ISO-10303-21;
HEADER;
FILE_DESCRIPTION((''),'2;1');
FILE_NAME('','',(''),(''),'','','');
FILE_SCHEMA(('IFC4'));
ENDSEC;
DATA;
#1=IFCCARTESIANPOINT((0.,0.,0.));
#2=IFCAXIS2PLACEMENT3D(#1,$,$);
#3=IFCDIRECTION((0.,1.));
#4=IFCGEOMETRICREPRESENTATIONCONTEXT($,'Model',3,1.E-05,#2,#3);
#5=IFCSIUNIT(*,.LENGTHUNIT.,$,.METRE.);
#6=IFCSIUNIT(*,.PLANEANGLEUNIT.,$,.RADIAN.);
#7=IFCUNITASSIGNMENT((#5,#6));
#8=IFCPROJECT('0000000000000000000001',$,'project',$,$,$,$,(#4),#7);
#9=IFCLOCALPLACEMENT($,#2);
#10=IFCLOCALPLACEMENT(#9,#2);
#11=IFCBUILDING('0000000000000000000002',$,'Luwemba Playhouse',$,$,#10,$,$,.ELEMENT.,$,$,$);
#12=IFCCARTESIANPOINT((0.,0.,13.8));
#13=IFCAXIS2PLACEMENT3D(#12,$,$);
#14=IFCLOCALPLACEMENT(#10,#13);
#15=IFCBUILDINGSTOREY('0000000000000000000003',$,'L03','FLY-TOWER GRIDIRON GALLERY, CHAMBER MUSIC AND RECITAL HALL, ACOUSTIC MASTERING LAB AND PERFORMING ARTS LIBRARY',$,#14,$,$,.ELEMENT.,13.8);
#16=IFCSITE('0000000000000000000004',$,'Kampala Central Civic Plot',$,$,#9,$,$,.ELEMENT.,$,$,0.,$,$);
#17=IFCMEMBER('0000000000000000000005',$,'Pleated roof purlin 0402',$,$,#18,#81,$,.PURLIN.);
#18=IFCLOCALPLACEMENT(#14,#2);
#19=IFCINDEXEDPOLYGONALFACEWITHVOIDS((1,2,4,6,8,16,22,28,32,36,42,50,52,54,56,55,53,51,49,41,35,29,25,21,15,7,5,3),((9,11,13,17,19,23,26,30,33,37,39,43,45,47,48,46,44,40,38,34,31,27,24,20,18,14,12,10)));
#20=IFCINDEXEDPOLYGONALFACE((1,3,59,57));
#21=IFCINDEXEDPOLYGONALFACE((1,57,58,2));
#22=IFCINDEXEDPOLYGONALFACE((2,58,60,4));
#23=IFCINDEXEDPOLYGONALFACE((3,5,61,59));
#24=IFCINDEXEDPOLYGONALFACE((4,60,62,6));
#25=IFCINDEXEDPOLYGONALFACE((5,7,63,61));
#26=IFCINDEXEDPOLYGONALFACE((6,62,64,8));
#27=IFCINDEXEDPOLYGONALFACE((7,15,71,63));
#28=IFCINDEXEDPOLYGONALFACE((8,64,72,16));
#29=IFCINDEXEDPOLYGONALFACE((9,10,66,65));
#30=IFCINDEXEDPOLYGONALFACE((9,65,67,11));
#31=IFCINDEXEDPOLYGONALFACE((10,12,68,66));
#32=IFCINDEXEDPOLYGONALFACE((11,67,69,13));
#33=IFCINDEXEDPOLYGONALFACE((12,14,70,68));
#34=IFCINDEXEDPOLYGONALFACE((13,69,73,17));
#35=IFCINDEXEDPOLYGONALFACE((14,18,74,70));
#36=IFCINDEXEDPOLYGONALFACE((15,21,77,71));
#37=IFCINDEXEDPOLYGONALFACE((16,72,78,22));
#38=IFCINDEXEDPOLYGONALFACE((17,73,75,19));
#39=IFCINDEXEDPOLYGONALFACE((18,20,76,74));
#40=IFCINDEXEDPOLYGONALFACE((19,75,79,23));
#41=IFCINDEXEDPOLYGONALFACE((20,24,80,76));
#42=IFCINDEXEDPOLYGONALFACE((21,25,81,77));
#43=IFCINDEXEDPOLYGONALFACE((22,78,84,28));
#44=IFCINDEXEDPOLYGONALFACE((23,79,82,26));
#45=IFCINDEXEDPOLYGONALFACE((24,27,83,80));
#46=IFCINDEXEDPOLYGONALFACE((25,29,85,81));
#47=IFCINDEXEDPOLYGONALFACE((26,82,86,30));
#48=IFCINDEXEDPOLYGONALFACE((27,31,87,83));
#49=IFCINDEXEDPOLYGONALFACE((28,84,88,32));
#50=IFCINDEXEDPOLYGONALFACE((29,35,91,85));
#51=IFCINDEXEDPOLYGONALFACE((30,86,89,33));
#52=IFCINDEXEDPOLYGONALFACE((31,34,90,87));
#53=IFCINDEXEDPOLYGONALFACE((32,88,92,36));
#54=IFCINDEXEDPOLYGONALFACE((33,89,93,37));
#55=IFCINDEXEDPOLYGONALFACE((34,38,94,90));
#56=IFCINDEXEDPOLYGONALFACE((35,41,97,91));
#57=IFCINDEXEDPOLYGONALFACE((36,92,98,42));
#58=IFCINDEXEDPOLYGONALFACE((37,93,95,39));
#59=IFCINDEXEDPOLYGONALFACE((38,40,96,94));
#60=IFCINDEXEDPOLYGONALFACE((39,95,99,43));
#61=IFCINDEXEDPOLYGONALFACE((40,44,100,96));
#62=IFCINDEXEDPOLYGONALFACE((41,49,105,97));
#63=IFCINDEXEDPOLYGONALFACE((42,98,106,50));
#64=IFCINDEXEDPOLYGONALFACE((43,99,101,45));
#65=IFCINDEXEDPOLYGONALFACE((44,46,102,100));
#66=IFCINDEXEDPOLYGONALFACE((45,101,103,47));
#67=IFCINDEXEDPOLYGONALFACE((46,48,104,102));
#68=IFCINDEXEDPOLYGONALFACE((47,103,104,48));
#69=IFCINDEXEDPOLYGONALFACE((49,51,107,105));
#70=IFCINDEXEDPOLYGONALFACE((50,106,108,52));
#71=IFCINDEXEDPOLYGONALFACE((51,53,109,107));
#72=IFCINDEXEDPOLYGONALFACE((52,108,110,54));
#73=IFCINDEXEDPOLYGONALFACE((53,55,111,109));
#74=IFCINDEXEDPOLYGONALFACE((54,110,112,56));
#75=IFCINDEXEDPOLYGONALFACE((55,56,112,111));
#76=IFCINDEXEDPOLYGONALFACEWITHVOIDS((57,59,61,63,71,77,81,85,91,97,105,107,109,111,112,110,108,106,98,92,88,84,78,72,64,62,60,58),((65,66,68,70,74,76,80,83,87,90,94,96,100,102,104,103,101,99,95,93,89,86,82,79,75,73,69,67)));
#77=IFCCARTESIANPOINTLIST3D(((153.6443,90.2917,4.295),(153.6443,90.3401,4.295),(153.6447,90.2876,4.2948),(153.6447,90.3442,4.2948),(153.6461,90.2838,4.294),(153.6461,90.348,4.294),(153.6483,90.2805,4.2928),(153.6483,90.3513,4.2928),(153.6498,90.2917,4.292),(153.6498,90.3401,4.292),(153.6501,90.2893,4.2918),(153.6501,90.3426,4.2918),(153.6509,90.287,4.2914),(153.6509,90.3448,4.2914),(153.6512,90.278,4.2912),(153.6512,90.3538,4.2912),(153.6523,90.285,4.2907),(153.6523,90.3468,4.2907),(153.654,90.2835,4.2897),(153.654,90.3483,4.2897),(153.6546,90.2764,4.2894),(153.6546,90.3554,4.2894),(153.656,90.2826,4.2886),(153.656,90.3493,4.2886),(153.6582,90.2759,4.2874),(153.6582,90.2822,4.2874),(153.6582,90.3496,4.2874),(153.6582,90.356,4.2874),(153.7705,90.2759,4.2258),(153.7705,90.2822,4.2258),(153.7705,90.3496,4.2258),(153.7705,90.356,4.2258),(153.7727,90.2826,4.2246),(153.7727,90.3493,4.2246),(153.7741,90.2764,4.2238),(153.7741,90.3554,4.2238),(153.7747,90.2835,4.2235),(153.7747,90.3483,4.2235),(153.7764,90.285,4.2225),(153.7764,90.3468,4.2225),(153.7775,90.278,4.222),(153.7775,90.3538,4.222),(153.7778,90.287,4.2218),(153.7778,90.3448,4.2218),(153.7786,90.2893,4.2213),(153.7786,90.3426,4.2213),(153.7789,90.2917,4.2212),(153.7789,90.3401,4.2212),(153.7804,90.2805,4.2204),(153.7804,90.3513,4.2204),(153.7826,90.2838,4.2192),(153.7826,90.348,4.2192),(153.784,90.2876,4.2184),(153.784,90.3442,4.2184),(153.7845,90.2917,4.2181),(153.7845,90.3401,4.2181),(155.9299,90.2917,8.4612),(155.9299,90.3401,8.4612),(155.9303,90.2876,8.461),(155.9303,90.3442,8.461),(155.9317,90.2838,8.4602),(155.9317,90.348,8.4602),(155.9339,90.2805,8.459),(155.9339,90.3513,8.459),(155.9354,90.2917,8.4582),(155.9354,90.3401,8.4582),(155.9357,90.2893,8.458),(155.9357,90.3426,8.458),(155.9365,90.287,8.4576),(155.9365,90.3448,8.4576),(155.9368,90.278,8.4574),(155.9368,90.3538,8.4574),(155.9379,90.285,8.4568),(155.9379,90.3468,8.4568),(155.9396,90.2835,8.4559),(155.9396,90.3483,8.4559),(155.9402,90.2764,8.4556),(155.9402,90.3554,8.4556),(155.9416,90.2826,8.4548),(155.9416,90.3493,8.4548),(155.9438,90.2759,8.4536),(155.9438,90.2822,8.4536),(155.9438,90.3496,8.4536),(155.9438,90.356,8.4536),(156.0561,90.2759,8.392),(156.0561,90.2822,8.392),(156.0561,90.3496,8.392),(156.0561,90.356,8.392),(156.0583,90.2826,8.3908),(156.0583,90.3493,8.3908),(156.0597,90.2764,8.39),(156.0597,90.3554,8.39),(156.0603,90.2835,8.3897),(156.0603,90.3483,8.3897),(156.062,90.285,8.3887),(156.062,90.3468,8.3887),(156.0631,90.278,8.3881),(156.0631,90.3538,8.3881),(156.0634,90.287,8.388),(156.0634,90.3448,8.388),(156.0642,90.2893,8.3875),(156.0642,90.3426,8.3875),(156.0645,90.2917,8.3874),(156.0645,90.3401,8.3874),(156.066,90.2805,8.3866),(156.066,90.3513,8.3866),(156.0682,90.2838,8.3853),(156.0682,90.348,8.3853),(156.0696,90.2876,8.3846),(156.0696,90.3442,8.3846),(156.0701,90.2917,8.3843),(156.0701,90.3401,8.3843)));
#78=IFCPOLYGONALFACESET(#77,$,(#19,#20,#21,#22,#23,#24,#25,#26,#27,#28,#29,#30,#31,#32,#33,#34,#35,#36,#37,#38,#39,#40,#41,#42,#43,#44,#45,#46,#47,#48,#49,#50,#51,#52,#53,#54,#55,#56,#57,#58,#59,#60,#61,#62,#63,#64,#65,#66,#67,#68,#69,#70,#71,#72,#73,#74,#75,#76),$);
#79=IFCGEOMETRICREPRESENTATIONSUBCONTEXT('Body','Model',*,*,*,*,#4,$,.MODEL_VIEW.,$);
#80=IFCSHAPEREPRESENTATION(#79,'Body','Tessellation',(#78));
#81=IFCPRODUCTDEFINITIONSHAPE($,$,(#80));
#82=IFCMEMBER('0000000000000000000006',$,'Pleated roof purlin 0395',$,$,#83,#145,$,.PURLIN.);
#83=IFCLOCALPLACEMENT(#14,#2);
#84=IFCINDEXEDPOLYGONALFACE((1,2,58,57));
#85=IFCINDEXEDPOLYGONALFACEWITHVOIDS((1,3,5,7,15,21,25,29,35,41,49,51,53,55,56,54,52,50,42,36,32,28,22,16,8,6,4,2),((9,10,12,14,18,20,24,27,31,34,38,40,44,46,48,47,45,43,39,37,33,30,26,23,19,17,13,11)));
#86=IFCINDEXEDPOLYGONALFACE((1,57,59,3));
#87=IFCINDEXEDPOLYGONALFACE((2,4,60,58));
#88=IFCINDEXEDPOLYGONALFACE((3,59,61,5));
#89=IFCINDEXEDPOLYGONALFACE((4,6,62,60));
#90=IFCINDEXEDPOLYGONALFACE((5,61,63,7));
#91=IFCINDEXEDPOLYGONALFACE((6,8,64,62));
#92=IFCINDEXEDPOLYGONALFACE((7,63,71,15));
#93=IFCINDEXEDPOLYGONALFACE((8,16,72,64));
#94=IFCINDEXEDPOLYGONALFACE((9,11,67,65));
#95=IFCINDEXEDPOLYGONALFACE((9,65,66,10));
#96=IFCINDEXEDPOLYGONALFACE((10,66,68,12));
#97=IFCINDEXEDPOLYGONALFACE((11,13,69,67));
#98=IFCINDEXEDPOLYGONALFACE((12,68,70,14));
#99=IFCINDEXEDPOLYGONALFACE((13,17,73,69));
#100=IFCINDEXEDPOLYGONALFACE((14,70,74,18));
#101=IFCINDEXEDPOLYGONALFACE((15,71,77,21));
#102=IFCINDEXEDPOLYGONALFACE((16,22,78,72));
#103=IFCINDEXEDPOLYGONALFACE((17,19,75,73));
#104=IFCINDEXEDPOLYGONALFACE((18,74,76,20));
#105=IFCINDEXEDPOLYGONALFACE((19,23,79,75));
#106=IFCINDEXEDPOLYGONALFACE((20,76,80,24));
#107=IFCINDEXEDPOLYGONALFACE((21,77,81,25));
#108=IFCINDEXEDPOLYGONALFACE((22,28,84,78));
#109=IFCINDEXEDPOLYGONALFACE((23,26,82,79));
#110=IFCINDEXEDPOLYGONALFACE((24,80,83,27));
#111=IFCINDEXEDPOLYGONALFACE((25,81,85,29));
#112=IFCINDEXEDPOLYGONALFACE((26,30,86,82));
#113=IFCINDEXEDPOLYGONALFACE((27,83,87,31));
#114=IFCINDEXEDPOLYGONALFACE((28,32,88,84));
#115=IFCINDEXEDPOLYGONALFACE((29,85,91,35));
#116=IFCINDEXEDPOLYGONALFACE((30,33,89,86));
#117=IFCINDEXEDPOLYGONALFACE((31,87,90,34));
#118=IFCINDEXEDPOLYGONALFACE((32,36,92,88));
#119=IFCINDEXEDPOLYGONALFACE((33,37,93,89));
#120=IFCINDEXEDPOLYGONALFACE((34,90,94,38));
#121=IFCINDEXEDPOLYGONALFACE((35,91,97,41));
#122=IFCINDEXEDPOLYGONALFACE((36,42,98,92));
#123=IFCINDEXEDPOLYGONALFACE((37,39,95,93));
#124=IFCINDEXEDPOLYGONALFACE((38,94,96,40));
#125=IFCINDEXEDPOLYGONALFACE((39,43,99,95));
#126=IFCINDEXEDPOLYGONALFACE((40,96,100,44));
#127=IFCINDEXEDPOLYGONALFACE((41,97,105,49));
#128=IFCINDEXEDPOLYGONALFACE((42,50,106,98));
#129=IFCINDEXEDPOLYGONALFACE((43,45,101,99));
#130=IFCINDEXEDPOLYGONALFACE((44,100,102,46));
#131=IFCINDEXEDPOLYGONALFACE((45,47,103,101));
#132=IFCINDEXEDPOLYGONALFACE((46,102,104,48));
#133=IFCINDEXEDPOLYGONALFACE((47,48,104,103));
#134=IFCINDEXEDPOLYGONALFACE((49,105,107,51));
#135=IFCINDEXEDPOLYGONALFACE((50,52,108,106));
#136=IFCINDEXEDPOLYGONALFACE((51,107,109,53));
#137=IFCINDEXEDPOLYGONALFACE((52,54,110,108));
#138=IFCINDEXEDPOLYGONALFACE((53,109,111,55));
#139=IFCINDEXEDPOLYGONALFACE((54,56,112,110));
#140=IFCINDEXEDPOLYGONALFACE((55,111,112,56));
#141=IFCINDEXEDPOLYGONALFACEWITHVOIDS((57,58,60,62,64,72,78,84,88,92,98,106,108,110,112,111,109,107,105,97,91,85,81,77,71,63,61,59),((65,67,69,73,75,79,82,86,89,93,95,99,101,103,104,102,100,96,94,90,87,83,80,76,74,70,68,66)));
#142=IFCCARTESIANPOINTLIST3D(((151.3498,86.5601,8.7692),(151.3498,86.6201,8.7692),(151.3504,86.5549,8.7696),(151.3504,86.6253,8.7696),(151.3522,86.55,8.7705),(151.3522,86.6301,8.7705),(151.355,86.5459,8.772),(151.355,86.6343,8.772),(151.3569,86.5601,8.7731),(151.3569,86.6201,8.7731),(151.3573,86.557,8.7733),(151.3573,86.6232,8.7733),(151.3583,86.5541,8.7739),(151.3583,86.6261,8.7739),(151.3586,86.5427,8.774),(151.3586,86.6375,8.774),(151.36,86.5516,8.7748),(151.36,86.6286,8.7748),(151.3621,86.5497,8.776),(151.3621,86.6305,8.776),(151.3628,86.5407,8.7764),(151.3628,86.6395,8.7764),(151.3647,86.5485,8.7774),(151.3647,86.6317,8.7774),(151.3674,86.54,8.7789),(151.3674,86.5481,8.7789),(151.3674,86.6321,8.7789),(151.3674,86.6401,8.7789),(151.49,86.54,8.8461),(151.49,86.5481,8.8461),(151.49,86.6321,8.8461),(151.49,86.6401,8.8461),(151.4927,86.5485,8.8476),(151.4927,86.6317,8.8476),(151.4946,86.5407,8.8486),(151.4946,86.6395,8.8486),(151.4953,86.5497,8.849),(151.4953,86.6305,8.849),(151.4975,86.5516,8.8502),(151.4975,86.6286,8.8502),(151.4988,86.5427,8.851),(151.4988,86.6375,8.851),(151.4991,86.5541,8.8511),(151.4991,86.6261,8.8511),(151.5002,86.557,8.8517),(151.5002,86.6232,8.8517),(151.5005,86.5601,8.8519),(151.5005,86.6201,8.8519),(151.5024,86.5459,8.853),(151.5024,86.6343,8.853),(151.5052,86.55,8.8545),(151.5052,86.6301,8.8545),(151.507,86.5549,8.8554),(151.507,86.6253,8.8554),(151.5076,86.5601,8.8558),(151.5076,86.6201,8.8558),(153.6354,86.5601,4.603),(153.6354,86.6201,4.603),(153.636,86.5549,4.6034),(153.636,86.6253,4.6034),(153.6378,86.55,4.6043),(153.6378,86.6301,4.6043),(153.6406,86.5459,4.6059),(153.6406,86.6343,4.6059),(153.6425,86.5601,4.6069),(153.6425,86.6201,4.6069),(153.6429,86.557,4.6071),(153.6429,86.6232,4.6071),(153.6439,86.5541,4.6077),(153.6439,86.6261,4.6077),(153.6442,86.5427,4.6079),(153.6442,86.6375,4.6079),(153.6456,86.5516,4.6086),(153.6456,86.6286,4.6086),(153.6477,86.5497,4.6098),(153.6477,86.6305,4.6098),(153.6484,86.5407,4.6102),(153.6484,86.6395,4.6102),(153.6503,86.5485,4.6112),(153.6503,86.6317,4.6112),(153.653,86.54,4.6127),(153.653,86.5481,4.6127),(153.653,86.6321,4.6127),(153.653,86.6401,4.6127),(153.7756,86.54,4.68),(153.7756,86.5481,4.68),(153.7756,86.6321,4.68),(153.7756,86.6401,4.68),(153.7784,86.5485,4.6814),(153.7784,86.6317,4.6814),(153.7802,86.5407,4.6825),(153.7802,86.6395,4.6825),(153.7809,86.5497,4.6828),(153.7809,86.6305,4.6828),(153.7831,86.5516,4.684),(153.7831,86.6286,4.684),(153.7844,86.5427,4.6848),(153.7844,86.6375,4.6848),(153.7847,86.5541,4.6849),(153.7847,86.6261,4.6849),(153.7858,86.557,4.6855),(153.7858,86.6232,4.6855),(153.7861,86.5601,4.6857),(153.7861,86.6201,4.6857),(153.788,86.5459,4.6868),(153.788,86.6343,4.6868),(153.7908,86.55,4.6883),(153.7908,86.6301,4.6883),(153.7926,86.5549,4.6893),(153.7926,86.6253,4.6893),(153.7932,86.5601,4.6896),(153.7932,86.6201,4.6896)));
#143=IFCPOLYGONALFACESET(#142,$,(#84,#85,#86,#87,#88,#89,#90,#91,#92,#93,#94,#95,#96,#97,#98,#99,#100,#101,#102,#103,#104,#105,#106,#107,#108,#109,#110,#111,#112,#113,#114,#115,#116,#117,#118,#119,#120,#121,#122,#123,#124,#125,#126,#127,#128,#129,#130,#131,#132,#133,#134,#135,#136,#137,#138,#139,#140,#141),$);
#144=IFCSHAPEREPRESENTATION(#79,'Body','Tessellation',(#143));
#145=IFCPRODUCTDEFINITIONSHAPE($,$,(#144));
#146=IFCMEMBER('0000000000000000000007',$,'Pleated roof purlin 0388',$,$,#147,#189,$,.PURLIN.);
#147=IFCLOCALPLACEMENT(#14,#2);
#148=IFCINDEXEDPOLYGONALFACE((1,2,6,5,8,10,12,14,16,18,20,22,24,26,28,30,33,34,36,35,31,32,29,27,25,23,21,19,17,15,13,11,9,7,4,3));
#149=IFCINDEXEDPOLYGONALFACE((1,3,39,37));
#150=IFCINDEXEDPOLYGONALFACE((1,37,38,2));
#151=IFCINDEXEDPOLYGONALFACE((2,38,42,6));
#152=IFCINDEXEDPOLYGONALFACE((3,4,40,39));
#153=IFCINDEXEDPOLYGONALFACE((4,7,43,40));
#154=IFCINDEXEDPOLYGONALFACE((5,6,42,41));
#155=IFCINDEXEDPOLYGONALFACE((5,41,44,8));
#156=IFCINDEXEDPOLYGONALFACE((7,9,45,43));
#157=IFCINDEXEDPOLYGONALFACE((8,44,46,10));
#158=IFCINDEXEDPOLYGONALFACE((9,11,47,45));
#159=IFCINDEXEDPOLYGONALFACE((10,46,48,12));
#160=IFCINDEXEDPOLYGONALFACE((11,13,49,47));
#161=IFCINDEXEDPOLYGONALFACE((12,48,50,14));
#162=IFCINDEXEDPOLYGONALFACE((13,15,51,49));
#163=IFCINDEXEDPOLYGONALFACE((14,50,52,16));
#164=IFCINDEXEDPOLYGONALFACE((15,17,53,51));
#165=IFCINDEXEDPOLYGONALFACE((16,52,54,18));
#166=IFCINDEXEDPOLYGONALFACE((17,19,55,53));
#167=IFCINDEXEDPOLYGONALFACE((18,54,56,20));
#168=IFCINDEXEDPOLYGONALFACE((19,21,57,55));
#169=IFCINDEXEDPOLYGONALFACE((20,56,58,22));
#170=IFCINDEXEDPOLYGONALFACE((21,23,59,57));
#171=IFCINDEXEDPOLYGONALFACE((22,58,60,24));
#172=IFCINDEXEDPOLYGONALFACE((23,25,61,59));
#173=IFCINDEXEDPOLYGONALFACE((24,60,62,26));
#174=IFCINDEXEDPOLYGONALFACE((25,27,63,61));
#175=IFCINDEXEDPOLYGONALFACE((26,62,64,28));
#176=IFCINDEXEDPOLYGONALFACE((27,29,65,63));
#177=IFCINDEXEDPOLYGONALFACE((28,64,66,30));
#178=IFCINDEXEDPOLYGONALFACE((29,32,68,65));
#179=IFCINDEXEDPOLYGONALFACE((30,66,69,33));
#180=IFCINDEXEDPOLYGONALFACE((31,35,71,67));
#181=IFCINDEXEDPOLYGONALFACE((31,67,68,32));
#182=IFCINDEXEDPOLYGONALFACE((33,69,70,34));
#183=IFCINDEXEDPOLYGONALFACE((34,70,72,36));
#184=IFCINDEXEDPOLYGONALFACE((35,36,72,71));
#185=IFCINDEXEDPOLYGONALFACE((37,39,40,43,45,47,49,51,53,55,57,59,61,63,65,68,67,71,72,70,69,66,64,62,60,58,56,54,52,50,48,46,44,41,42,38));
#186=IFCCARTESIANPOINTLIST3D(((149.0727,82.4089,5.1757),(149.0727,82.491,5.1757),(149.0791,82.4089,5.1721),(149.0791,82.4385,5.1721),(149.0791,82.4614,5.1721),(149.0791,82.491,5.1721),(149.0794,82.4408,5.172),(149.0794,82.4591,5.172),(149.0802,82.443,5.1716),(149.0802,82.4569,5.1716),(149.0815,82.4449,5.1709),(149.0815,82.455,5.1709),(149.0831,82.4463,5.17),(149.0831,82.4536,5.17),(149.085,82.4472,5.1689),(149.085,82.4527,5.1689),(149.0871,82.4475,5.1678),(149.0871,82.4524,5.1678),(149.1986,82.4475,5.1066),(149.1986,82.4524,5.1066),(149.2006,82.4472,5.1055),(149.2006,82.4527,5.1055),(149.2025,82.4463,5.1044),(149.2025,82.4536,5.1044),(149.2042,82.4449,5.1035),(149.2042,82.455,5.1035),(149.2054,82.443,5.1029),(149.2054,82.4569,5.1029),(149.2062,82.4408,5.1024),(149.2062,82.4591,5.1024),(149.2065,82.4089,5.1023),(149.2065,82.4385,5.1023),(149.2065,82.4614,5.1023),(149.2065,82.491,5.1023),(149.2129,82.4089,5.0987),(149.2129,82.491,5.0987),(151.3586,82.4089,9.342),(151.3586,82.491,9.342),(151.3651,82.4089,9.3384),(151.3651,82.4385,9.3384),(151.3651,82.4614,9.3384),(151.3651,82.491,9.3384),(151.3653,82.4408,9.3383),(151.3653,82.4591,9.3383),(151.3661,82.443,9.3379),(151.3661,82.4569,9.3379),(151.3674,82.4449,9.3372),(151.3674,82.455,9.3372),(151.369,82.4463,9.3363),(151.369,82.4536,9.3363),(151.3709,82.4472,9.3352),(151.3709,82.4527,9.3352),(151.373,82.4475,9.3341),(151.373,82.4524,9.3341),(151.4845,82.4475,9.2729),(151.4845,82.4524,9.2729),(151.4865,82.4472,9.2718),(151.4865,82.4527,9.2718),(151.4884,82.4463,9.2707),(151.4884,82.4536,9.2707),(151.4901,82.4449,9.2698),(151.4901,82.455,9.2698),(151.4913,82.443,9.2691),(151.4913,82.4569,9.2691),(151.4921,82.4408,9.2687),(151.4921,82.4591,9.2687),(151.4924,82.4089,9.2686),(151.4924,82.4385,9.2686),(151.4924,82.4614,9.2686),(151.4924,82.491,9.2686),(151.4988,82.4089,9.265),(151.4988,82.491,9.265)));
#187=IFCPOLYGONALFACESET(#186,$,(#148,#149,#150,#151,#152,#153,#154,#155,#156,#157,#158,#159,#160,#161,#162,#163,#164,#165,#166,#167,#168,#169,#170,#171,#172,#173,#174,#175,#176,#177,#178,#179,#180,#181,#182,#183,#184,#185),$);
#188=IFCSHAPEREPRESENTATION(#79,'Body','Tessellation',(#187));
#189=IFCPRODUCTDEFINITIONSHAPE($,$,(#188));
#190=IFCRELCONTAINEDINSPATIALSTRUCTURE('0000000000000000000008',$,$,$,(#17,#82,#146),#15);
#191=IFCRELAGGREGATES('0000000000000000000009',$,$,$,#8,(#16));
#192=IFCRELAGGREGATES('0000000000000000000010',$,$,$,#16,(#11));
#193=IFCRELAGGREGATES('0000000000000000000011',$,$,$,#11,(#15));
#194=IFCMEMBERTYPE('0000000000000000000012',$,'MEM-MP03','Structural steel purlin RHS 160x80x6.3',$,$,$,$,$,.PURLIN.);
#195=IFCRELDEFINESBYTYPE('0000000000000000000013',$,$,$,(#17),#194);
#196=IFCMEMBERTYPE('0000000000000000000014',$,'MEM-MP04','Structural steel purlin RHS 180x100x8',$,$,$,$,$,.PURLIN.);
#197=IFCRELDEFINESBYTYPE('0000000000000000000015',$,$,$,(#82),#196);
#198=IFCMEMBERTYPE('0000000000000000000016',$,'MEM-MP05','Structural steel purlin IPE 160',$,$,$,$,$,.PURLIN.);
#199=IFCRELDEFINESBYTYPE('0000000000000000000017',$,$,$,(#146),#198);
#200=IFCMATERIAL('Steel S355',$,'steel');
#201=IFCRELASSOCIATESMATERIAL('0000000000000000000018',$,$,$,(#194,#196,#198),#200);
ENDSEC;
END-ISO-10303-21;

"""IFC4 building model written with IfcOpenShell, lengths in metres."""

from ifc_helpers import new_model, si_unit, direction, frame, origin, origin_2d, place, context, subcontext, project, spatial, hollow_rectangle, i_section, extrude, material, material_profile, profile_set, type_object, element, save


model = new_model("IFC4")

# Units and contexts
model_context = context("Model", 3, precision=1e-05, world=origin(), true_north=direction((0.0, 1.0)))
body_context = subcontext(model_context, "Body", "Model", "MODEL_VIEW")
ifc_project = project(units=[si_unit("LENGTHUNIT", "METRE"), si_unit("PLANEANGLEUNIT", "RADIAN")], contexts=[model_context])

# Site, building, storey
site_placement = place(None, origin())
site = spatial("IfcSite", under=ifc_project, at=site_placement, Name="Kampala Central Civic Plot", CompositionType="ELEMENT", RefElevation=0.0)
building_placement = place(site_placement, origin())
building = spatial("IfcBuilding", under=site, at=building_placement, Name="Luwemba Playhouse", CompositionType="ELEMENT")
storey_placement = place(building_placement, frame((0.0, 0.0, 13.8)))
storey = spatial("IfcBuildingStorey", under=building, at=storey_placement, Name="L03", Description="FLY-TOWER GRIDIRON GALLERY, CHAMBER MUSIC AND RECITAL HALL, ACOUSTIC MASTERING LAB AND PERFORMING ARTS LIBRARY", CompositionType="ELEMENT", Elevation=13.8)

# Shared definitions
ifc_material_1 = material(Name="Steel S355", Category="steel")

# Members
ifc_material_profile_1 = material_profile(ifc_material_1, hollow_rectangle(XDim=0.0801, YDim=0.1599, WallThickness=0.0063, InnerFilletRadius=0.0095, OuterFilletRadius=0.0159, at=origin_2d()))
ifc_profile_set_1 = profile_set([ifc_material_profile_1], Name="Steel S355")
member_type_1 = type_object("IfcMemberType", Name="MEM-MP03", Description="Structural steel purlin RHS 160x80x6.3", PredefinedType="PURLIN", material=ifc_profile_set_1)
member_1_placement = place(storey_placement, frame((153.7144, 90.3159, 4.2566), z_axis=(0.480982, 0.0, 0.876731), x_axis=(0.0, 1.0, 0.0)))
element("IfcMember", 1, at=member_1_placement, inside=storey, type_object=member_type_1, Name="Pleated roof purlin 0402", PredefinedType="PURLIN", context=body_context, shape_type="SweptSolid", body=[
    extrude(hollow_rectangle(XDim=0.0801, YDim=0.1599, WallThickness=0.0063, InnerFilletRadius=0.0095, OuterFilletRadius=0.0159, at=origin_2d()), origin(), (0.0, 0.0, 1.0), 4.752),
])
ifc_material_profile_2 = material_profile(ifc_material_1, hollow_rectangle(XDim=0.1001, YDim=0.1799, WallThickness=0.0081, InnerFilletRadius=0.012, OuterFilletRadius=0.02, at=origin_2d()))
ifc_profile_set_2 = profile_set([ifc_material_profile_2], Name="Steel S355")
member_type_2 = type_object("IfcMemberType", Name="MEM-MP04", Description="Structural steel purlin RHS 180x100x8", PredefinedType="PURLIN", material=ifc_profile_set_2)
member_2_placement = place(storey_placement, frame((151.4287, 86.5901, 8.8125), z_axis=(0.480982, 0.0, -0.876731), x_axis=(0.0, 1.0, 0.0)))
element("IfcMember", 2, at=member_2_placement, inside=storey, type_object=member_type_2, Name="Pleated roof purlin 0395", PredefinedType="PURLIN", context=body_context, shape_type="SweptSolid", body=[
    extrude(hollow_rectangle(XDim=0.1001, YDim=0.1799, WallThickness=0.0081, InnerFilletRadius=0.012, OuterFilletRadius=0.02, at=origin_2d()), origin(), (0.0, 0.0, 1.0), 4.752),
])
ifc_material_profile_3 = material_profile(ifc_material_1, i_section(OverallWidth=0.082, OverallDepth=0.1599, WebThickness=0.0049, FlangeThickness=0.0073, FilletRadius=0.009, at=origin_2d()))
ifc_profile_set_3 = profile_set([ifc_material_profile_3], Name="Steel S355")
member_type_3 = type_object("IfcMemberType", Name="MEM-MP05", Description="Structural steel purlin IPE 160", PredefinedType="PURLIN", material=ifc_profile_set_3)
member_3_placement = place(storey_placement, frame((149.1428, 82.45, 5.1372), z_axis=(0.481021, 0.0, 0.876709), x_axis=(0.0, 1.0, 0.0)))
element("IfcMember", 3, at=member_3_placement, inside=storey, type_object=member_type_3, Name="Pleated roof purlin 0388", PredefinedType="PURLIN", context=body_context, shape_type="SweptSolid", body=[
    extrude(i_section(OverallWidth=0.082, OverallDepth=0.1599, WebThickness=0.0049, FlangeThickness=0.0073, FilletRadius=0.009, at=origin_2d()), origin(), (0.0, 0.0, 1.0), 4.7522),
])

save(model, "model.ifc")
